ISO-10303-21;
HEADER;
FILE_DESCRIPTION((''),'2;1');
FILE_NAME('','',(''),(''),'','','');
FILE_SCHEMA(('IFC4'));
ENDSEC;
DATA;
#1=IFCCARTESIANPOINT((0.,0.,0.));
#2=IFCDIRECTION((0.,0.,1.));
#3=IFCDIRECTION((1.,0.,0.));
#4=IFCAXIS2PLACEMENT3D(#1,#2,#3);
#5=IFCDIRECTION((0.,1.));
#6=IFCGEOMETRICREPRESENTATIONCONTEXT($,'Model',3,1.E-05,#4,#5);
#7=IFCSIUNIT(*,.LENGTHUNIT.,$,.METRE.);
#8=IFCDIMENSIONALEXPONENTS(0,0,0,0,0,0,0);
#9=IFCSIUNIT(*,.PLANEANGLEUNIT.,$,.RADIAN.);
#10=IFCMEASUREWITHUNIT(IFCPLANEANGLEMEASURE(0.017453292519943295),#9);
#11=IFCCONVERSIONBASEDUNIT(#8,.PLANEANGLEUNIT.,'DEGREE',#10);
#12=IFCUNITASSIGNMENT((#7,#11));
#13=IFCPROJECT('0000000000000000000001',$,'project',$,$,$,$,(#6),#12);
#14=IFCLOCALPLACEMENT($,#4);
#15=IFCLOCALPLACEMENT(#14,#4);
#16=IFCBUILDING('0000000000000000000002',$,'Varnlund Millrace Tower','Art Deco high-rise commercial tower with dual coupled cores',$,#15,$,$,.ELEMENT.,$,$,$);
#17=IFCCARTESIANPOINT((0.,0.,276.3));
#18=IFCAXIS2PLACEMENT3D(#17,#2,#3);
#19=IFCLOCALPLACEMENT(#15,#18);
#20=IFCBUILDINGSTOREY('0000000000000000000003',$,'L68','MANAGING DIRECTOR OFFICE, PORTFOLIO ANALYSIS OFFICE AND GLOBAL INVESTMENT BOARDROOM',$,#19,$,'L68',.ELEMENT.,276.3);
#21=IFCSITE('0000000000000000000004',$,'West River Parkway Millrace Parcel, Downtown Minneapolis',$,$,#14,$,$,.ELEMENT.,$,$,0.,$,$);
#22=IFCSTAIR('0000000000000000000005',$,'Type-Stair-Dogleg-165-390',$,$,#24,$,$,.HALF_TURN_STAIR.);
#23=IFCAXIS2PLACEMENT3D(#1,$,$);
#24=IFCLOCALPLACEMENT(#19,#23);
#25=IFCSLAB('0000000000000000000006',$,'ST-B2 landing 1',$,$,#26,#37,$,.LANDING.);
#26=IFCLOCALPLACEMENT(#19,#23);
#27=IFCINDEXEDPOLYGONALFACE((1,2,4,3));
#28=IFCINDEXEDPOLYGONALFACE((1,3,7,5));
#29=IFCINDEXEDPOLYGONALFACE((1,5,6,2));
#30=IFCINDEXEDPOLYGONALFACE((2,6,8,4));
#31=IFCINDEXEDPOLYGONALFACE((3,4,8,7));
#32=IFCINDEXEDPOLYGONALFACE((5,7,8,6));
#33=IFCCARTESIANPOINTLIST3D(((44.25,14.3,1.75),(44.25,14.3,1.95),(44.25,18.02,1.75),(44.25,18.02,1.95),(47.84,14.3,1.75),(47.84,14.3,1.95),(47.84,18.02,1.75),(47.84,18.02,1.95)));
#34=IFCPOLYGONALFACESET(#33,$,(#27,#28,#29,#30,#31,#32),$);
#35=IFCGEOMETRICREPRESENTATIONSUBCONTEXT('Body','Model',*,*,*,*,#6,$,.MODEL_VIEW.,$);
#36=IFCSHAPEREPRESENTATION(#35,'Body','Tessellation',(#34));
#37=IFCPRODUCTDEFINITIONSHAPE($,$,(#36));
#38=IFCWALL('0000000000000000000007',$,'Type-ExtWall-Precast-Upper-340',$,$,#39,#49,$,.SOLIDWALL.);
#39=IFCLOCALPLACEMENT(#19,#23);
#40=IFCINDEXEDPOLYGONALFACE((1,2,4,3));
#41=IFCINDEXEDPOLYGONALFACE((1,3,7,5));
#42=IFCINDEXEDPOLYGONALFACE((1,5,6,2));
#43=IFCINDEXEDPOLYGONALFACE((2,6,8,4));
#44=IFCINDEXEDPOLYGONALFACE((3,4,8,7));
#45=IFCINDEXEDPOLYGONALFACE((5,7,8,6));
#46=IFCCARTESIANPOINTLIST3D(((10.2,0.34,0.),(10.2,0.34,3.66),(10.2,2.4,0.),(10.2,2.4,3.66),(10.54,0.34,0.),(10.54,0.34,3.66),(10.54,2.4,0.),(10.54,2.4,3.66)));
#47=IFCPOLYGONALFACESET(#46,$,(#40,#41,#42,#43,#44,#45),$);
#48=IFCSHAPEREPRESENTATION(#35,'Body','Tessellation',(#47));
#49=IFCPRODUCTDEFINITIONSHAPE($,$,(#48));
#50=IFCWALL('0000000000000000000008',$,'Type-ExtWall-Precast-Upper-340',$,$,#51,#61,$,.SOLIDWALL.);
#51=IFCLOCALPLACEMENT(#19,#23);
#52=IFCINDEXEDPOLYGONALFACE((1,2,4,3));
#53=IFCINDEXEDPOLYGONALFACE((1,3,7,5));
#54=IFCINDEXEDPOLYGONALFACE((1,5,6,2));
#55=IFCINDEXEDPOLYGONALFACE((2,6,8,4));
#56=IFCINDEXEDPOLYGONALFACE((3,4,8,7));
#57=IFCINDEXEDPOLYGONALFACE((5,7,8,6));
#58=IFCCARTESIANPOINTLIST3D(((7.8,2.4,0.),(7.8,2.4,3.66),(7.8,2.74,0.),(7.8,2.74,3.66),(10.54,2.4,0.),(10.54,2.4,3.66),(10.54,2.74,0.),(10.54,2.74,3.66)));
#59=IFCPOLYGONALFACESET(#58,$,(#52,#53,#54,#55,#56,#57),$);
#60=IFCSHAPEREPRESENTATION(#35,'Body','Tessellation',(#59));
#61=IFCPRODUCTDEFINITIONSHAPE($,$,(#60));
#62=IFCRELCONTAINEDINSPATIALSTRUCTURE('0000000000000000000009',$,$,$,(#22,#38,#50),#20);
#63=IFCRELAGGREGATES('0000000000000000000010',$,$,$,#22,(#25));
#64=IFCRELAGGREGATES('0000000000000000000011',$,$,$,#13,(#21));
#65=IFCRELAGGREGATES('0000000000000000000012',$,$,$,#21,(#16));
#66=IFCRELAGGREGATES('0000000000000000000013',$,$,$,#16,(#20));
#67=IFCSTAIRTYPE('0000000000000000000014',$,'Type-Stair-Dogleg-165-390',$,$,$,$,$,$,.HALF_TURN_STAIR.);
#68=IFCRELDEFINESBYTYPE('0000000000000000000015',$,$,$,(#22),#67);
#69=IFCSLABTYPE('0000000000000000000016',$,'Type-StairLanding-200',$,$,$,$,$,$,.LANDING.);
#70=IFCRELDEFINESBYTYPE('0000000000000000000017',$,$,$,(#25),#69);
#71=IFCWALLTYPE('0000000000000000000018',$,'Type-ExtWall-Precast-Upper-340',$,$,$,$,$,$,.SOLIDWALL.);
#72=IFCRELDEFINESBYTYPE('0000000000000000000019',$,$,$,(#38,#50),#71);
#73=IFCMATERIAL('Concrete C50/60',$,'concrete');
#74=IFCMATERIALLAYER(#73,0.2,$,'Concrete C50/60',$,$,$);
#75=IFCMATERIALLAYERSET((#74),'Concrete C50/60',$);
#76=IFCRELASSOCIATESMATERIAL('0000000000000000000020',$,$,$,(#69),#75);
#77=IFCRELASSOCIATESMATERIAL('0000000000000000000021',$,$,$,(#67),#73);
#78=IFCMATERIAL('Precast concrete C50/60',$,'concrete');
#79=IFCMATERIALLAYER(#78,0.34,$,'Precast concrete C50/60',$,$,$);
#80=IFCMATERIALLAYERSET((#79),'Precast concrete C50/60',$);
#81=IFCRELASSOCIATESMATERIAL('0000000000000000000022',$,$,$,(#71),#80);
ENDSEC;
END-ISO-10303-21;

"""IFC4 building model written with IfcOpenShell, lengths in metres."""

from ifc_helpers import new_model, entity, si_unit, converted_unit, direction, frame, origin_with_axes, place, context, subcontext, project, spatial, polyline, outline, extrude, material, layer, layer_set, type_object, element, aggregate, save


model = new_model("IFC4")

# Units and contexts
model_context = context("Model", 3, precision=1e-05, world=origin_with_axes(), true_north=direction((0.0, 1.0)))
body_context = subcontext(model_context, "Body", "Model", "MODEL_VIEW")
ifc_project = project(units=[si_unit("LENGTHUNIT", "METRE"), converted_unit("PLANEANGLEUNIT", "DEGREE", entity("IfcPlaneAngleMeasure", 0.017453292519943295), si_unit("PLANEANGLEUNIT", "RADIAN"), dimensions=[0, 0, 0, 0, 0, 0, 0])], contexts=[model_context])

# Site, building, storey
site_placement = place(None, origin_with_axes())
site = spatial("IfcSite", under=ifc_project, at=site_placement, Name="West River Parkway Millrace Parcel, Downtown Minneapolis", CompositionType="ELEMENT", RefElevation=0.0)
building_placement = place(site_placement, origin_with_axes())
building = spatial("IfcBuilding", under=site, at=building_placement, Name="Varnlund Millrace Tower", Description="Art Deco high-rise commercial tower with dual coupled cores", CompositionType="ELEMENT")
storey_placement = place(building_placement, frame((0.0, 0.0, 276.3), z_axis=(0.0, 0.0, 1.0), x_axis=(1.0, 0.0, 0.0)))
storey = spatial("IfcBuildingStorey", under=building, at=storey_placement, Name="L68", Description="MANAGING DIRECTOR OFFICE, PORTFOLIO ANALYSIS OFFICE AND GLOBAL INVESTMENT BOARDROOM", LongName="L68", CompositionType="ELEMENT", Elevation=276.3)

# Stair, slab
ifc_material_1 = material(Name="Concrete C50/60", Category="concrete")
ifc_layer_1 = layer(ifc_material_1, 0.2, Name="Concrete C50/60")
ifc_layer_set_1 = layer_set([ifc_layer_1], Name="Concrete C50/60")
slab_type = type_object("IfcSlabType", Name="Type-StairLanding-200", PredefinedType="LANDING", material=ifc_layer_set_1)
stair_type_1 = type_object("IfcStairType", Name="Type-Stair-Dogleg-165-390", PredefinedType="HALF_TURN_STAIR", material=ifc_material_1)
stair_1_placement = place(storey_placement, origin_with_axes())
stair_1 = element("IfcStair", 1, at=stair_1_placement, inside=storey, type_object=stair_type_1, Name="Type-Stair-Dogleg-165-390", PredefinedType="HALF_TURN_STAIR")
slab_1_placement = place(storey_placement, frame((0.0, 0.0, 1.75), z_axis=(0.0, 0.0, 1.0), x_axis=(1.0, 0.0, 0.0)))
slab_1 = element("IfcSlab", 2, at=slab_1_placement, type_object=slab_type, Name="ST-B2 landing 1", PredefinedType="LANDING", context=body_context, shape_type="SweptSolid", body=[
    extrude(outline(polyline([(44.25, 18.02), (44.25, 14.3), (47.84, 14.3), (47.84, 18.02), (44.25, 18.02)])), origin_with_axes(), (0.0, 0.0, 1.0), 0.2),
])
aggregate(stair_1, [slab_1])

# Walls
ifc_material_2 = material(Name="Precast concrete C50/60", Category="concrete")
ifc_layer_2 = layer(ifc_material_2, 0.34, Name="Precast concrete C50/60")
ifc_layer_set_2 = layer_set([ifc_layer_2], Name="Precast concrete C50/60")
wall_type_1 = type_object("IfcWallType", Name="Type-ExtWall-Precast-Upper-340", PredefinedType="SOLIDWALL", material=ifc_layer_set_2)
wall_1_placement = place(storey_placement, frame((10.37, 0.34, 0.0), z_axis=(0.0, 0.0, 1.0), x_axis=(0.0, 1.0, 0.0)))
element("IfcWall", 3, at=wall_1_placement, inside=storey, type_object=wall_type_1, Name="Type-ExtWall-Precast-Upper-340", PredefinedType="SOLIDWALL", context=body_context, shape_type="SweptSolid", body=[
    extrude(outline(polyline([(0.0, -0.17), (2.06, -0.17), (2.06, 0.17), (0.0, 0.17), (0.0, -0.17)])), origin_with_axes(), (0.0, 0.0, 1.0), 3.66),
])
wall_2_placement = place(storey_placement, frame((10.54, 2.57, 0.0), z_axis=(0.0, 0.0, 1.0), x_axis=(-1.0, 0.0, 0.0)))
element("IfcWall", 4, at=wall_2_placement, inside=storey, type_object=wall_type_1, Name="Type-ExtWall-Precast-Upper-340", PredefinedType="SOLIDWALL", context=body_context, shape_type="SweptSolid", body=[
    extrude(outline(polyline([(0.0, -0.17), (2.74, -0.17), (2.74, 0.17), (0.0, 0.17), (0.0, -0.17)])), origin_with_axes(), (0.0, 0.0, 1.0), 3.66),
])

save(model, "model.ifc")
